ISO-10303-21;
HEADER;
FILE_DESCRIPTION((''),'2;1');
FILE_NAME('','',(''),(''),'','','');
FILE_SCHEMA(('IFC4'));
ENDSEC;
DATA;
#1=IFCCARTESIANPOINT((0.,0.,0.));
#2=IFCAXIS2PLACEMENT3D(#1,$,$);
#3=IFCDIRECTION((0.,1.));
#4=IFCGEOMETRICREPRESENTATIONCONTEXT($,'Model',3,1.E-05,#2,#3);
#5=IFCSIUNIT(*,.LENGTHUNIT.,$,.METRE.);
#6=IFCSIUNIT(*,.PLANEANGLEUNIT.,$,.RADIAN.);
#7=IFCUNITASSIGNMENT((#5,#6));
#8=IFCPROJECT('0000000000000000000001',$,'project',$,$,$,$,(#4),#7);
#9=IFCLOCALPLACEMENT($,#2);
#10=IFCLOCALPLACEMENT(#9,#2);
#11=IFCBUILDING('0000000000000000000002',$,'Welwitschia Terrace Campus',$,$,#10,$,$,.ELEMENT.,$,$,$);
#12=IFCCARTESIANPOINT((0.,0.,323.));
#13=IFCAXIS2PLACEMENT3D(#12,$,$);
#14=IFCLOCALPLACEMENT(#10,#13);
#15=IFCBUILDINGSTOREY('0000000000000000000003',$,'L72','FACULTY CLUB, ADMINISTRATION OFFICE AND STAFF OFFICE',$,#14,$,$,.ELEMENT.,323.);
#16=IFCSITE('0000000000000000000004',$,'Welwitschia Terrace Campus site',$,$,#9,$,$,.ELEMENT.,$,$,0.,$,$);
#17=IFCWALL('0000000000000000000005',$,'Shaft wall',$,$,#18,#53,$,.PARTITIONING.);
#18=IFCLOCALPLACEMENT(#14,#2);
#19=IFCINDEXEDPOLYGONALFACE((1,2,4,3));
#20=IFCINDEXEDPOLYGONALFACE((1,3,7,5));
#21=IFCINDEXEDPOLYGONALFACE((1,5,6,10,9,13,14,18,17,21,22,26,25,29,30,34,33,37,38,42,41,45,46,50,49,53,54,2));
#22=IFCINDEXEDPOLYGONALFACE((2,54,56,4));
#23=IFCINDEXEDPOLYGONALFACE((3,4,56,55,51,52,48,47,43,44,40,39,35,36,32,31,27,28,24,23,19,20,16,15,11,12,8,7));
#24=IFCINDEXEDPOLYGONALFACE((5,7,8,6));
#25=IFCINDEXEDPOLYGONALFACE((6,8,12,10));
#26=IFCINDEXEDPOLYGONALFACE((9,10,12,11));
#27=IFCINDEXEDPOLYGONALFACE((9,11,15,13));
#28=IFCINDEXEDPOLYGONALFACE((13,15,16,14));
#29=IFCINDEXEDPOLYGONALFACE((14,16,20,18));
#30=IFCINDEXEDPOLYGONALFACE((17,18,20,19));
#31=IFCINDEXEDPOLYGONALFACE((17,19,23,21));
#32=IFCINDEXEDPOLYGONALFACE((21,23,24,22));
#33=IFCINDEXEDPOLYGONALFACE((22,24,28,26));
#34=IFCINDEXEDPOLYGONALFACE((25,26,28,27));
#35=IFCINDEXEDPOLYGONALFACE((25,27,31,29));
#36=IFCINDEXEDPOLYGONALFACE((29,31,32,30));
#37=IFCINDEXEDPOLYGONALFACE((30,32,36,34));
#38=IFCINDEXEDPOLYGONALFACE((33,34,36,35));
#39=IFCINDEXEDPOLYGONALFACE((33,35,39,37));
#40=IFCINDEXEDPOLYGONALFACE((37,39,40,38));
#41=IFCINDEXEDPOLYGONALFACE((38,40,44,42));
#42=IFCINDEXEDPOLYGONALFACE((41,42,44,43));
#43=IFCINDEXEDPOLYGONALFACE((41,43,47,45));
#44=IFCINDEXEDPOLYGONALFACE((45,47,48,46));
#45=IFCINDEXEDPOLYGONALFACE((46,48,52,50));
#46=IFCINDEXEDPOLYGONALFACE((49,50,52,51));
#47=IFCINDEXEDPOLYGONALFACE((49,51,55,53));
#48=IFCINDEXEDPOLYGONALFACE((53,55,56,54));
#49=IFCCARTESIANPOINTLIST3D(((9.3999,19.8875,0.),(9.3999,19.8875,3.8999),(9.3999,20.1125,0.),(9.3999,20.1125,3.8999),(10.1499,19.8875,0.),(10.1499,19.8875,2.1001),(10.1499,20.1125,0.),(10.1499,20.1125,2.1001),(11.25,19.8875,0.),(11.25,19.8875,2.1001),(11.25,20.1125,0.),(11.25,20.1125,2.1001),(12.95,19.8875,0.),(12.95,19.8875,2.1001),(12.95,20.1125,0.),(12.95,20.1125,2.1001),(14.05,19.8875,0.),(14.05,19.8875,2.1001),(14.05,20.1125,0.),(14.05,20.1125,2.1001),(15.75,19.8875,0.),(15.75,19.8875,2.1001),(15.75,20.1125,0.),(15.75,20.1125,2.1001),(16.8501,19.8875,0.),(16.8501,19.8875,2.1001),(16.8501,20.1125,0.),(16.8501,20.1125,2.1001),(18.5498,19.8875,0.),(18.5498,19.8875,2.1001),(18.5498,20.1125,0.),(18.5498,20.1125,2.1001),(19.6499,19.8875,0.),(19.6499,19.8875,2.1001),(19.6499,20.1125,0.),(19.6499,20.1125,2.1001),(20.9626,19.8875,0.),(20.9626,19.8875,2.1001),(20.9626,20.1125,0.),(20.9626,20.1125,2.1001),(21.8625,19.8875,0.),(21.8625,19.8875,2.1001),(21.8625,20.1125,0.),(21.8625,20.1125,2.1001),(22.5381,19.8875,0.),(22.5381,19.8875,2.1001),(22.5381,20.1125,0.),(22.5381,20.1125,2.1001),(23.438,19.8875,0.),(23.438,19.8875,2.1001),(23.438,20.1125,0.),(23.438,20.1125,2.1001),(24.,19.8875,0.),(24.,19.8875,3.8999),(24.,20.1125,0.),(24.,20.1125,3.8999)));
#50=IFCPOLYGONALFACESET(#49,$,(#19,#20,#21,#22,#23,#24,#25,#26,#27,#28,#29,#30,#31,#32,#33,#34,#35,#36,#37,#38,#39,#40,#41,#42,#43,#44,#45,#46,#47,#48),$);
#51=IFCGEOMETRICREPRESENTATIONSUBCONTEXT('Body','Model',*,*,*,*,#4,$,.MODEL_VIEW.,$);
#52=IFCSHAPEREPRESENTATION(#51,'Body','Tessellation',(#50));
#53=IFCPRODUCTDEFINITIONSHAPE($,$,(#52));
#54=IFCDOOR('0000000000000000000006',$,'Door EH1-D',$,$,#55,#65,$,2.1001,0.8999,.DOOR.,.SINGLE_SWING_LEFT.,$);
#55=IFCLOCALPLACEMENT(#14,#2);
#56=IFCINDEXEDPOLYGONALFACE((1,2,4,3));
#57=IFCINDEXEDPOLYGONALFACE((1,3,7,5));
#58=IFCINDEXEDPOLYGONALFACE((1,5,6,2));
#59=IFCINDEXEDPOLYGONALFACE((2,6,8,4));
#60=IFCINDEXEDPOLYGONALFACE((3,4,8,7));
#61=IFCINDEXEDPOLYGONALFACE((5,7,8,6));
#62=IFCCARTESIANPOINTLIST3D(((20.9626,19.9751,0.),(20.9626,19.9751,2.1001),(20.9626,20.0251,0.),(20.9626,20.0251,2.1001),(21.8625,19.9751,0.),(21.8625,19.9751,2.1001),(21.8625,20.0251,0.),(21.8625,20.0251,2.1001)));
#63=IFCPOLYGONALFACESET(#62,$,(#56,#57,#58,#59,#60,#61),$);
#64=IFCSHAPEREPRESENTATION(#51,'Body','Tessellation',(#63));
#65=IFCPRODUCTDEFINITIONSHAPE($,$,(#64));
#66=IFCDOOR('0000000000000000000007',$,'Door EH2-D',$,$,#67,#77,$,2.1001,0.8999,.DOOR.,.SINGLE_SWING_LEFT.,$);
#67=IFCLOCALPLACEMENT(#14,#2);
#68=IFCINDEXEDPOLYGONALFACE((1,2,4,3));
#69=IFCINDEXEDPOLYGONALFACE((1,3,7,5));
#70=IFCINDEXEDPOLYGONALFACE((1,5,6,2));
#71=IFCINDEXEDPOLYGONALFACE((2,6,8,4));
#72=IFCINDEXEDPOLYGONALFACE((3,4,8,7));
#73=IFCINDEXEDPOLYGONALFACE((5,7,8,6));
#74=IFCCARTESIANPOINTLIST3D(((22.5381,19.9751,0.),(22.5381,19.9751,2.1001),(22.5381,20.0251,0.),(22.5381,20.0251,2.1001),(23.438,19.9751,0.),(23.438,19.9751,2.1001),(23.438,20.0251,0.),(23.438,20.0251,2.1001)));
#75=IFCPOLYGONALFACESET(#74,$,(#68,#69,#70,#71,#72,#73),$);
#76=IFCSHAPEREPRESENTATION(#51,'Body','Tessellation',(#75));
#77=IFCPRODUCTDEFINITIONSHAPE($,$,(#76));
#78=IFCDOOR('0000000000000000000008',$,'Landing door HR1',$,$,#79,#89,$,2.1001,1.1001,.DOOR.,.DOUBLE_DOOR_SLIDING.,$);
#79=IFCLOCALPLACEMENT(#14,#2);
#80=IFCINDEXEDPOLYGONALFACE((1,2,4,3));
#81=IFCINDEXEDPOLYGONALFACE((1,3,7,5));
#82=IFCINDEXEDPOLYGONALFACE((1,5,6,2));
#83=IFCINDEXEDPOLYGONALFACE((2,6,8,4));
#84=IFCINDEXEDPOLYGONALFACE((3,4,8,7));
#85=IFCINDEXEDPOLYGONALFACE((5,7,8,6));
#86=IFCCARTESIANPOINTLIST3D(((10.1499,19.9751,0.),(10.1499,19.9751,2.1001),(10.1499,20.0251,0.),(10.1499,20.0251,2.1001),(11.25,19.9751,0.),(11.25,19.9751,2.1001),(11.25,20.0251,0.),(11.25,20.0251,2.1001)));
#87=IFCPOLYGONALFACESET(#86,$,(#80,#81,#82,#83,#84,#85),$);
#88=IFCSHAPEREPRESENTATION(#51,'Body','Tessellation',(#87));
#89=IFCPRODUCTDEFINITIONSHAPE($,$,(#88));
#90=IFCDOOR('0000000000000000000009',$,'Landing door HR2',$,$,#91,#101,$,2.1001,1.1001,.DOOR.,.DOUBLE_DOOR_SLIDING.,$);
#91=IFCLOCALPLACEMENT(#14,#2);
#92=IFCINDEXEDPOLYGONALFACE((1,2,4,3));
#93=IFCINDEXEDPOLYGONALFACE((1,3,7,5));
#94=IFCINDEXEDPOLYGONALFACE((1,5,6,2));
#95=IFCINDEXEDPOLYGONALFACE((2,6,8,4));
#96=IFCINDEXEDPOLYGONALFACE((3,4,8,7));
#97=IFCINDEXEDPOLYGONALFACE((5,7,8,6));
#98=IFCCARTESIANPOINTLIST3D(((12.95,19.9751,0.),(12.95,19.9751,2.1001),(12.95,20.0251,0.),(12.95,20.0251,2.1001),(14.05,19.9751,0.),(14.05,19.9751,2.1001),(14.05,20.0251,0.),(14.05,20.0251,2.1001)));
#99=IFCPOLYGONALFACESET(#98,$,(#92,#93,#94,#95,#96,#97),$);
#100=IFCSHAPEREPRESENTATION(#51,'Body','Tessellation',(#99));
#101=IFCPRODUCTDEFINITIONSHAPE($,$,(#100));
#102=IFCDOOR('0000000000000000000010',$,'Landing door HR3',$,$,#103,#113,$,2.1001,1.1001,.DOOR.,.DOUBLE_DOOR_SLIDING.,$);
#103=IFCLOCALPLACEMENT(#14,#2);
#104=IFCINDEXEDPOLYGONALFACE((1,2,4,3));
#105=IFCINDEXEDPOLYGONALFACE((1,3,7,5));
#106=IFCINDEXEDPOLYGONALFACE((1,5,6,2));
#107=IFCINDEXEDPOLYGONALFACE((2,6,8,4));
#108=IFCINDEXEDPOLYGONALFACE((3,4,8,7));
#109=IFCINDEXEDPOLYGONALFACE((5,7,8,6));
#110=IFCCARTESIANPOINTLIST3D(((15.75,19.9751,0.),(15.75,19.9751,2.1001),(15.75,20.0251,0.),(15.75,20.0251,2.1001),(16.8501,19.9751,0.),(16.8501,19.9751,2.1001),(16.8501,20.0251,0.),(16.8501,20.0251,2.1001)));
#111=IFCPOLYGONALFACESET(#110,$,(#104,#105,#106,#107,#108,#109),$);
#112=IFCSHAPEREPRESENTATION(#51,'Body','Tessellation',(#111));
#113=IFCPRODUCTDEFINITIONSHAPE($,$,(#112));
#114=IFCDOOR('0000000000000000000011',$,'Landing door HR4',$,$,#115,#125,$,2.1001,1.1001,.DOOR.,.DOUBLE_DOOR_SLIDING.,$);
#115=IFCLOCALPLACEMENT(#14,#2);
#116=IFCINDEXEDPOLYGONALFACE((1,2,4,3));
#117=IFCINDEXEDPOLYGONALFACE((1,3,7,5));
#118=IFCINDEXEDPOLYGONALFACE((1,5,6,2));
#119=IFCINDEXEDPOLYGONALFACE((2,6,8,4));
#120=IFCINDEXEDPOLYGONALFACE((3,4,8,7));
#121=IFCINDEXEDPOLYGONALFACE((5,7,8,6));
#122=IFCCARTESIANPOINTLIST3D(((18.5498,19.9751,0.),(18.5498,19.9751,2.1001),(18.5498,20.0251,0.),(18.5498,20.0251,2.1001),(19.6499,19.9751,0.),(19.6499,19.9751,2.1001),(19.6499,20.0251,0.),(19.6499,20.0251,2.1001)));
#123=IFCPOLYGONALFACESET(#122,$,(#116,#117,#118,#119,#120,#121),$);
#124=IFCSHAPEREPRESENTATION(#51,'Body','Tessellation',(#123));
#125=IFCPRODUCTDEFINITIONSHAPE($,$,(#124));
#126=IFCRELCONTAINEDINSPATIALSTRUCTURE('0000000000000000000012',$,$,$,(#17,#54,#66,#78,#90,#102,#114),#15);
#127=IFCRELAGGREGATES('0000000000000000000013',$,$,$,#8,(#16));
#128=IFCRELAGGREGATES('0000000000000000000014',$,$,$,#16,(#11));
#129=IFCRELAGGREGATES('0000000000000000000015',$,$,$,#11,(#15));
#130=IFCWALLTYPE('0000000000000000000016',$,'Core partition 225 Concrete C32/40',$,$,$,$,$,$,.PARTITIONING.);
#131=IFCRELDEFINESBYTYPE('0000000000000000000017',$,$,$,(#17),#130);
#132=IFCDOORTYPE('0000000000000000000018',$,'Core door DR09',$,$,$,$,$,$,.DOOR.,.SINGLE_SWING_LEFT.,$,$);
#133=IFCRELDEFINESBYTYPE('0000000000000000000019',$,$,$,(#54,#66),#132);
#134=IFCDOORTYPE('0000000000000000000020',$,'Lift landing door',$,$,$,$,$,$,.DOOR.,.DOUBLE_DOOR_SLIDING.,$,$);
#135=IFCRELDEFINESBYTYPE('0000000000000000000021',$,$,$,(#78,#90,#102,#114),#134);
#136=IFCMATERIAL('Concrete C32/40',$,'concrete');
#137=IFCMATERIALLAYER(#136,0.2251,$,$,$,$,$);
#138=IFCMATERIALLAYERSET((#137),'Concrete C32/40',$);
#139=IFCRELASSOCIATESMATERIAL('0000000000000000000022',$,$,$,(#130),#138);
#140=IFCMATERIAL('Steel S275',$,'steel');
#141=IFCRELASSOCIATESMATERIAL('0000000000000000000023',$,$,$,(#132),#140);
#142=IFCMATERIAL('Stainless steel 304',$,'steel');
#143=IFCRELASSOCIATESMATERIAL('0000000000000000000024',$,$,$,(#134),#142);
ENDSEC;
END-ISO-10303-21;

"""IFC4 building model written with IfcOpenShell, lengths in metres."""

from ifc_helpers import new_model, si_unit, direction, frame, frame_2d, origin, place, context, subcontext, project, spatial, rectangle, extrude, material, layer, layer_set, type_object, element, fill, save


model = new_model("IFC4")

# Units and contexts
model_context = context("Model", 3, precision=1e-05, world=origin(), true_north=direction((0.0, 1.0)))
body_context = subcontext(model_context, "Body", "Model", "MODEL_VIEW")
ifc_project = project(units=[si_unit("LENGTHUNIT", "METRE"), si_unit("PLANEANGLEUNIT", "RADIAN")], contexts=[model_context])

# Site, building, storey
site_placement = place(None, origin())
site = spatial("IfcSite", under=ifc_project, at=site_placement, Name="Welwitschia Terrace Campus site", CompositionType="ELEMENT", RefElevation=0.0)
building_placement = place(site_placement, origin())
building = spatial("IfcBuilding", under=site, at=building_placement, Name="Welwitschia Terrace Campus", CompositionType="ELEMENT")
storey_placement = place(building_placement, frame((0.0, 0.0, 323.0)))
storey = spatial("IfcBuildingStorey", under=building, at=storey_placement, Name="L72", Description="FACULTY CLUB, ADMINISTRATION OFFICE AND STAFF OFFICE", CompositionType="ELEMENT", Elevation=323.0)

# Wall, openings, doors
ifc_material_1 = material(Name="Concrete C32/40", Category="concrete")
ifc_layer_1 = layer(ifc_material_1, 0.2251)
ifc_layer_set_1 = layer_set([ifc_layer_1], Name="Concrete C32/40")
wall_type_1 = type_object("IfcWallType", Name="Core partition 225 Concrete C32/40", PredefinedType="PARTITIONING", material=ifc_layer_set_1)
wall_1_placement = place(storey_placement, frame((24.0, 20.0, 0.0), z_axis=(0.0, 0.0, 1.0), x_axis=(-1.0, 0.0, 0.0)))
wall_1 = element("IfcWall", 1, at=wall_1_placement, inside=storey, type_object=wall_type_1, Name="Shaft wall", PredefinedType="PARTITIONING", context=body_context, shape_type="SweptSolid", body=[
    extrude(rectangle(XDim=14.6001, YDim=0.2251, at=frame_2d((7.3, 0.0))), origin(), (0.0, 0.0, 1.0), 3.8999),
])
opening_1_placement = place(wall_1_placement, frame((12.75, 0.0, 0.0)))
opening_1 = element("IfcOpeningElement", 2, at=opening_1_placement, cuts=wall_1, PredefinedType="OPENING", context=body_context, shape_type="SweptSolid", body=[
    extrude(rectangle(XDim=1.1001, YDim=2.1001, at=frame_2d((0.55, 1.05))), frame((0.0, 0.1226, 0.0), z_axis=(0.0, -1.0, 0.0), x_axis=(1.0, 0.0, 0.0)), (0.0, 0.0, 1.0), 0.2451),
])
opening_2_placement = place(wall_1_placement, frame((9.95, 0.0, 0.0)))
opening_2 = element("IfcOpeningElement", 3, at=opening_2_placement, cuts=wall_1, PredefinedType="OPENING", context=body_context, shape_type="SweptSolid", body=[
    extrude(rectangle(XDim=1.1001, YDim=2.1001, at=frame_2d((0.55, 1.05))), frame((0.0, 0.1226, 0.0), z_axis=(0.0, -1.0, 0.0), x_axis=(1.0, 0.0, 0.0)), (0.0, 0.0, 1.0), 0.2451),
])
opening_3_placement = place(wall_1_placement, frame((7.1499, 0.0, 0.0)))
opening_3 = element("IfcOpeningElement", 4, at=opening_3_placement, cuts=wall_1, PredefinedType="OPENING", context=body_context, shape_type="SweptSolid", body=[
    extrude(rectangle(XDim=1.1001, YDim=2.1001, at=frame_2d((0.55, 1.05))), frame((0.0, 0.1226, 0.0), z_axis=(0.0, -1.0, 0.0), x_axis=(1.0, 0.0, 0.0)), (0.0, 0.0, 1.0), 0.2451),
])
opening_4_placement = place(wall_1_placement, frame((4.3501, 0.0, 0.0)))
opening_4 = element("IfcOpeningElement", 5, at=opening_4_placement, cuts=wall_1, PredefinedType="OPENING", context=body_context, shape_type="SweptSolid", body=[
    extrude(rectangle(XDim=1.1001, YDim=2.1001, at=frame_2d((0.55, 1.05))), frame((0.0, 0.1226, 0.0), z_axis=(0.0, -1.0, 0.0), x_axis=(1.0, 0.0, 0.0)), (0.0, 0.0, 1.0), 0.2451),
])
opening_5_placement = place(wall_1_placement, frame((2.1375, 0.0, 0.0)))
opening_5 = element("IfcOpeningElement", 6, at=opening_5_placement, cuts=wall_1, PredefinedType="OPENING", context=body_context, shape_type="SweptSolid", body=[
    extrude(rectangle(XDim=0.8999, YDim=2.1001, at=frame_2d((0.45, 1.05))), frame((0.0, 0.1226, 0.0), z_axis=(0.0, -1.0, 0.0), x_axis=(1.0, 0.0, 0.0)), (0.0, 0.0, 1.0), 0.2451),
])
opening_6_placement = place(wall_1_placement, frame((0.562, 0.0, 0.0)))
opening_6 = element("IfcOpeningElement", 7, at=opening_6_placement, cuts=wall_1, PredefinedType="OPENING", context=body_context, shape_type="SweptSolid", body=[
    extrude(rectangle(XDim=0.8999, YDim=2.1001, at=frame_2d((0.45, 1.05))), frame((0.0, 0.1226, 0.0), z_axis=(0.0, -1.0, 0.0), x_axis=(1.0, 0.0, 0.0)), (0.0, 0.0, 1.0), 0.2451),
])
ifc_material_2 = material(Name="Steel S275", Category="steel")
door_type_1 = type_object("IfcDoorType", Name="Core door DR09", OperationType="SINGLE_SWING_LEFT", PredefinedType="DOOR", material=ifc_material_2)
door_1_placement = place(opening_5_placement, origin())
door_1 = element("IfcDoor", 8, at=door_1_placement, inside=storey, type_object=door_type_1, Name="Door EH1-D", OperationType="SINGLE_SWING_LEFT", OverallHeight=2.1001, OverallWidth=0.8999, PredefinedType="DOOR", context=body_context, shape_type="SweptSolid", body=[
    extrude(rectangle(XDim=0.8999, YDim=2.1001, at=frame_2d((0.45, 1.05))), frame((0.0, 0.0249, 0.0), z_axis=(0.0, -1.0, 0.0), x_axis=(1.0, 0.0, 0.0)), (0.0, 0.0, 1.0), 0.05),
])
fill(opening_5, door_1)
door_2_placement = place(opening_6_placement, origin())
door_2 = element("IfcDoor", 9, at=door_2_placement, inside=storey, type_object=door_type_1, Name="Door EH2-D", OperationType="SINGLE_SWING_LEFT", OverallHeight=2.1001, OverallWidth=0.8999, PredefinedType="DOOR", context=body_context, shape_type="SweptSolid", body=[
    extrude(rectangle(XDim=0.8999, YDim=2.1001, at=frame_2d((0.45, 1.05))), frame((0.0, 0.0249, 0.0), z_axis=(0.0, -1.0, 0.0), x_axis=(1.0, 0.0, 0.0)), (0.0, 0.0, 1.0), 0.05),
])
fill(opening_6, door_2)
ifc_material_3 = material(Name="Stainless steel 304", Category="steel")
door_type_2 = type_object("IfcDoorType", Name="Lift landing door", OperationType="DOUBLE_DOOR_SLIDING", PredefinedType="DOOR", material=ifc_material_3)
door_3_placement = place(opening_1_placement, origin())
door_3 = element("IfcDoor", 10, at=door_3_placement, inside=storey, type_object=door_type_2, Name="Landing door HR1", OperationType="DOUBLE_DOOR_SLIDING", OverallHeight=2.1001, OverallWidth=1.1001, PredefinedType="DOOR", context=body_context, shape_type="SweptSolid", body=[
    extrude(rectangle(XDim=1.1001, YDim=2.1001, at=frame_2d((0.55, 1.05))), frame((0.0, 0.0249, 0.0), z_axis=(0.0, -1.0, 0.0), x_axis=(1.0, 0.0, 0.0)), (0.0, 0.0, 1.0), 0.05),
])
fill(opening_1, door_3)
door_4_placement = place(opening_2_placement, origin())
door_4 = element("IfcDoor", 11, at=door_4_placement, inside=storey, type_object=door_type_2, Name="Landing door HR2", OperationType="DOUBLE_DOOR_SLIDING", OverallHeight=2.1001, OverallWidth=1.1001, PredefinedType="DOOR", context=body_context, shape_type="SweptSolid", body=[
    extrude(rectangle(XDim=1.1001, YDim=2.1001, at=frame_2d((0.55, 1.05))), frame((0.0, 0.0249, 0.0), z_axis=(0.0, -1.0, 0.0), x_axis=(1.0, 0.0, 0.0)), (0.0, 0.0, 1.0), 0.05),
])
fill(opening_2, door_4)
door_5_placement = place(opening_3_placement, origin())
door_5 = element("IfcDoor", 12, at=door_5_placement, inside=storey, type_object=door_type_2, Name="Landing door HR3", OperationType="DOUBLE_DOOR_SLIDING", OverallHeight=2.1001, OverallWidth=1.1001, PredefinedType="DOOR", context=body_context, shape_type="SweptSolid", body=[
    extrude(rectangle(XDim=1.1001, YDim=2.1001, at=frame_2d((0.55, 1.05))), frame((0.0, 0.0249, 0.0), z_axis=(0.0, -1.0, 0.0), x_axis=(1.0, 0.0, 0.0)), (0.0, 0.0, 1.0), 0.05),
])
fill(opening_3, door_5)
door_6_placement = place(opening_4_placement, origin())
door_6 = element("IfcDoor", 13, at=door_6_placement, inside=storey, type_object=door_type_2, Name="Landing door HR4", OperationType="DOUBLE_DOOR_SLIDING", OverallHeight=2.1001, OverallWidth=1.1001, PredefinedType="DOOR", context=body_context, shape_type="SweptSolid", body=[
    extrude(rectangle(XDim=1.1001, YDim=2.1001, at=frame_2d((0.55, 1.05))), frame((0.0, 0.0249, 0.0), z_axis=(0.0, -1.0, 0.0), x_axis=(1.0, 0.0, 0.0)), (0.0, 0.0, 1.0), 0.05),
])
fill(opening_4, door_6)

save(model, "model.ifc")
